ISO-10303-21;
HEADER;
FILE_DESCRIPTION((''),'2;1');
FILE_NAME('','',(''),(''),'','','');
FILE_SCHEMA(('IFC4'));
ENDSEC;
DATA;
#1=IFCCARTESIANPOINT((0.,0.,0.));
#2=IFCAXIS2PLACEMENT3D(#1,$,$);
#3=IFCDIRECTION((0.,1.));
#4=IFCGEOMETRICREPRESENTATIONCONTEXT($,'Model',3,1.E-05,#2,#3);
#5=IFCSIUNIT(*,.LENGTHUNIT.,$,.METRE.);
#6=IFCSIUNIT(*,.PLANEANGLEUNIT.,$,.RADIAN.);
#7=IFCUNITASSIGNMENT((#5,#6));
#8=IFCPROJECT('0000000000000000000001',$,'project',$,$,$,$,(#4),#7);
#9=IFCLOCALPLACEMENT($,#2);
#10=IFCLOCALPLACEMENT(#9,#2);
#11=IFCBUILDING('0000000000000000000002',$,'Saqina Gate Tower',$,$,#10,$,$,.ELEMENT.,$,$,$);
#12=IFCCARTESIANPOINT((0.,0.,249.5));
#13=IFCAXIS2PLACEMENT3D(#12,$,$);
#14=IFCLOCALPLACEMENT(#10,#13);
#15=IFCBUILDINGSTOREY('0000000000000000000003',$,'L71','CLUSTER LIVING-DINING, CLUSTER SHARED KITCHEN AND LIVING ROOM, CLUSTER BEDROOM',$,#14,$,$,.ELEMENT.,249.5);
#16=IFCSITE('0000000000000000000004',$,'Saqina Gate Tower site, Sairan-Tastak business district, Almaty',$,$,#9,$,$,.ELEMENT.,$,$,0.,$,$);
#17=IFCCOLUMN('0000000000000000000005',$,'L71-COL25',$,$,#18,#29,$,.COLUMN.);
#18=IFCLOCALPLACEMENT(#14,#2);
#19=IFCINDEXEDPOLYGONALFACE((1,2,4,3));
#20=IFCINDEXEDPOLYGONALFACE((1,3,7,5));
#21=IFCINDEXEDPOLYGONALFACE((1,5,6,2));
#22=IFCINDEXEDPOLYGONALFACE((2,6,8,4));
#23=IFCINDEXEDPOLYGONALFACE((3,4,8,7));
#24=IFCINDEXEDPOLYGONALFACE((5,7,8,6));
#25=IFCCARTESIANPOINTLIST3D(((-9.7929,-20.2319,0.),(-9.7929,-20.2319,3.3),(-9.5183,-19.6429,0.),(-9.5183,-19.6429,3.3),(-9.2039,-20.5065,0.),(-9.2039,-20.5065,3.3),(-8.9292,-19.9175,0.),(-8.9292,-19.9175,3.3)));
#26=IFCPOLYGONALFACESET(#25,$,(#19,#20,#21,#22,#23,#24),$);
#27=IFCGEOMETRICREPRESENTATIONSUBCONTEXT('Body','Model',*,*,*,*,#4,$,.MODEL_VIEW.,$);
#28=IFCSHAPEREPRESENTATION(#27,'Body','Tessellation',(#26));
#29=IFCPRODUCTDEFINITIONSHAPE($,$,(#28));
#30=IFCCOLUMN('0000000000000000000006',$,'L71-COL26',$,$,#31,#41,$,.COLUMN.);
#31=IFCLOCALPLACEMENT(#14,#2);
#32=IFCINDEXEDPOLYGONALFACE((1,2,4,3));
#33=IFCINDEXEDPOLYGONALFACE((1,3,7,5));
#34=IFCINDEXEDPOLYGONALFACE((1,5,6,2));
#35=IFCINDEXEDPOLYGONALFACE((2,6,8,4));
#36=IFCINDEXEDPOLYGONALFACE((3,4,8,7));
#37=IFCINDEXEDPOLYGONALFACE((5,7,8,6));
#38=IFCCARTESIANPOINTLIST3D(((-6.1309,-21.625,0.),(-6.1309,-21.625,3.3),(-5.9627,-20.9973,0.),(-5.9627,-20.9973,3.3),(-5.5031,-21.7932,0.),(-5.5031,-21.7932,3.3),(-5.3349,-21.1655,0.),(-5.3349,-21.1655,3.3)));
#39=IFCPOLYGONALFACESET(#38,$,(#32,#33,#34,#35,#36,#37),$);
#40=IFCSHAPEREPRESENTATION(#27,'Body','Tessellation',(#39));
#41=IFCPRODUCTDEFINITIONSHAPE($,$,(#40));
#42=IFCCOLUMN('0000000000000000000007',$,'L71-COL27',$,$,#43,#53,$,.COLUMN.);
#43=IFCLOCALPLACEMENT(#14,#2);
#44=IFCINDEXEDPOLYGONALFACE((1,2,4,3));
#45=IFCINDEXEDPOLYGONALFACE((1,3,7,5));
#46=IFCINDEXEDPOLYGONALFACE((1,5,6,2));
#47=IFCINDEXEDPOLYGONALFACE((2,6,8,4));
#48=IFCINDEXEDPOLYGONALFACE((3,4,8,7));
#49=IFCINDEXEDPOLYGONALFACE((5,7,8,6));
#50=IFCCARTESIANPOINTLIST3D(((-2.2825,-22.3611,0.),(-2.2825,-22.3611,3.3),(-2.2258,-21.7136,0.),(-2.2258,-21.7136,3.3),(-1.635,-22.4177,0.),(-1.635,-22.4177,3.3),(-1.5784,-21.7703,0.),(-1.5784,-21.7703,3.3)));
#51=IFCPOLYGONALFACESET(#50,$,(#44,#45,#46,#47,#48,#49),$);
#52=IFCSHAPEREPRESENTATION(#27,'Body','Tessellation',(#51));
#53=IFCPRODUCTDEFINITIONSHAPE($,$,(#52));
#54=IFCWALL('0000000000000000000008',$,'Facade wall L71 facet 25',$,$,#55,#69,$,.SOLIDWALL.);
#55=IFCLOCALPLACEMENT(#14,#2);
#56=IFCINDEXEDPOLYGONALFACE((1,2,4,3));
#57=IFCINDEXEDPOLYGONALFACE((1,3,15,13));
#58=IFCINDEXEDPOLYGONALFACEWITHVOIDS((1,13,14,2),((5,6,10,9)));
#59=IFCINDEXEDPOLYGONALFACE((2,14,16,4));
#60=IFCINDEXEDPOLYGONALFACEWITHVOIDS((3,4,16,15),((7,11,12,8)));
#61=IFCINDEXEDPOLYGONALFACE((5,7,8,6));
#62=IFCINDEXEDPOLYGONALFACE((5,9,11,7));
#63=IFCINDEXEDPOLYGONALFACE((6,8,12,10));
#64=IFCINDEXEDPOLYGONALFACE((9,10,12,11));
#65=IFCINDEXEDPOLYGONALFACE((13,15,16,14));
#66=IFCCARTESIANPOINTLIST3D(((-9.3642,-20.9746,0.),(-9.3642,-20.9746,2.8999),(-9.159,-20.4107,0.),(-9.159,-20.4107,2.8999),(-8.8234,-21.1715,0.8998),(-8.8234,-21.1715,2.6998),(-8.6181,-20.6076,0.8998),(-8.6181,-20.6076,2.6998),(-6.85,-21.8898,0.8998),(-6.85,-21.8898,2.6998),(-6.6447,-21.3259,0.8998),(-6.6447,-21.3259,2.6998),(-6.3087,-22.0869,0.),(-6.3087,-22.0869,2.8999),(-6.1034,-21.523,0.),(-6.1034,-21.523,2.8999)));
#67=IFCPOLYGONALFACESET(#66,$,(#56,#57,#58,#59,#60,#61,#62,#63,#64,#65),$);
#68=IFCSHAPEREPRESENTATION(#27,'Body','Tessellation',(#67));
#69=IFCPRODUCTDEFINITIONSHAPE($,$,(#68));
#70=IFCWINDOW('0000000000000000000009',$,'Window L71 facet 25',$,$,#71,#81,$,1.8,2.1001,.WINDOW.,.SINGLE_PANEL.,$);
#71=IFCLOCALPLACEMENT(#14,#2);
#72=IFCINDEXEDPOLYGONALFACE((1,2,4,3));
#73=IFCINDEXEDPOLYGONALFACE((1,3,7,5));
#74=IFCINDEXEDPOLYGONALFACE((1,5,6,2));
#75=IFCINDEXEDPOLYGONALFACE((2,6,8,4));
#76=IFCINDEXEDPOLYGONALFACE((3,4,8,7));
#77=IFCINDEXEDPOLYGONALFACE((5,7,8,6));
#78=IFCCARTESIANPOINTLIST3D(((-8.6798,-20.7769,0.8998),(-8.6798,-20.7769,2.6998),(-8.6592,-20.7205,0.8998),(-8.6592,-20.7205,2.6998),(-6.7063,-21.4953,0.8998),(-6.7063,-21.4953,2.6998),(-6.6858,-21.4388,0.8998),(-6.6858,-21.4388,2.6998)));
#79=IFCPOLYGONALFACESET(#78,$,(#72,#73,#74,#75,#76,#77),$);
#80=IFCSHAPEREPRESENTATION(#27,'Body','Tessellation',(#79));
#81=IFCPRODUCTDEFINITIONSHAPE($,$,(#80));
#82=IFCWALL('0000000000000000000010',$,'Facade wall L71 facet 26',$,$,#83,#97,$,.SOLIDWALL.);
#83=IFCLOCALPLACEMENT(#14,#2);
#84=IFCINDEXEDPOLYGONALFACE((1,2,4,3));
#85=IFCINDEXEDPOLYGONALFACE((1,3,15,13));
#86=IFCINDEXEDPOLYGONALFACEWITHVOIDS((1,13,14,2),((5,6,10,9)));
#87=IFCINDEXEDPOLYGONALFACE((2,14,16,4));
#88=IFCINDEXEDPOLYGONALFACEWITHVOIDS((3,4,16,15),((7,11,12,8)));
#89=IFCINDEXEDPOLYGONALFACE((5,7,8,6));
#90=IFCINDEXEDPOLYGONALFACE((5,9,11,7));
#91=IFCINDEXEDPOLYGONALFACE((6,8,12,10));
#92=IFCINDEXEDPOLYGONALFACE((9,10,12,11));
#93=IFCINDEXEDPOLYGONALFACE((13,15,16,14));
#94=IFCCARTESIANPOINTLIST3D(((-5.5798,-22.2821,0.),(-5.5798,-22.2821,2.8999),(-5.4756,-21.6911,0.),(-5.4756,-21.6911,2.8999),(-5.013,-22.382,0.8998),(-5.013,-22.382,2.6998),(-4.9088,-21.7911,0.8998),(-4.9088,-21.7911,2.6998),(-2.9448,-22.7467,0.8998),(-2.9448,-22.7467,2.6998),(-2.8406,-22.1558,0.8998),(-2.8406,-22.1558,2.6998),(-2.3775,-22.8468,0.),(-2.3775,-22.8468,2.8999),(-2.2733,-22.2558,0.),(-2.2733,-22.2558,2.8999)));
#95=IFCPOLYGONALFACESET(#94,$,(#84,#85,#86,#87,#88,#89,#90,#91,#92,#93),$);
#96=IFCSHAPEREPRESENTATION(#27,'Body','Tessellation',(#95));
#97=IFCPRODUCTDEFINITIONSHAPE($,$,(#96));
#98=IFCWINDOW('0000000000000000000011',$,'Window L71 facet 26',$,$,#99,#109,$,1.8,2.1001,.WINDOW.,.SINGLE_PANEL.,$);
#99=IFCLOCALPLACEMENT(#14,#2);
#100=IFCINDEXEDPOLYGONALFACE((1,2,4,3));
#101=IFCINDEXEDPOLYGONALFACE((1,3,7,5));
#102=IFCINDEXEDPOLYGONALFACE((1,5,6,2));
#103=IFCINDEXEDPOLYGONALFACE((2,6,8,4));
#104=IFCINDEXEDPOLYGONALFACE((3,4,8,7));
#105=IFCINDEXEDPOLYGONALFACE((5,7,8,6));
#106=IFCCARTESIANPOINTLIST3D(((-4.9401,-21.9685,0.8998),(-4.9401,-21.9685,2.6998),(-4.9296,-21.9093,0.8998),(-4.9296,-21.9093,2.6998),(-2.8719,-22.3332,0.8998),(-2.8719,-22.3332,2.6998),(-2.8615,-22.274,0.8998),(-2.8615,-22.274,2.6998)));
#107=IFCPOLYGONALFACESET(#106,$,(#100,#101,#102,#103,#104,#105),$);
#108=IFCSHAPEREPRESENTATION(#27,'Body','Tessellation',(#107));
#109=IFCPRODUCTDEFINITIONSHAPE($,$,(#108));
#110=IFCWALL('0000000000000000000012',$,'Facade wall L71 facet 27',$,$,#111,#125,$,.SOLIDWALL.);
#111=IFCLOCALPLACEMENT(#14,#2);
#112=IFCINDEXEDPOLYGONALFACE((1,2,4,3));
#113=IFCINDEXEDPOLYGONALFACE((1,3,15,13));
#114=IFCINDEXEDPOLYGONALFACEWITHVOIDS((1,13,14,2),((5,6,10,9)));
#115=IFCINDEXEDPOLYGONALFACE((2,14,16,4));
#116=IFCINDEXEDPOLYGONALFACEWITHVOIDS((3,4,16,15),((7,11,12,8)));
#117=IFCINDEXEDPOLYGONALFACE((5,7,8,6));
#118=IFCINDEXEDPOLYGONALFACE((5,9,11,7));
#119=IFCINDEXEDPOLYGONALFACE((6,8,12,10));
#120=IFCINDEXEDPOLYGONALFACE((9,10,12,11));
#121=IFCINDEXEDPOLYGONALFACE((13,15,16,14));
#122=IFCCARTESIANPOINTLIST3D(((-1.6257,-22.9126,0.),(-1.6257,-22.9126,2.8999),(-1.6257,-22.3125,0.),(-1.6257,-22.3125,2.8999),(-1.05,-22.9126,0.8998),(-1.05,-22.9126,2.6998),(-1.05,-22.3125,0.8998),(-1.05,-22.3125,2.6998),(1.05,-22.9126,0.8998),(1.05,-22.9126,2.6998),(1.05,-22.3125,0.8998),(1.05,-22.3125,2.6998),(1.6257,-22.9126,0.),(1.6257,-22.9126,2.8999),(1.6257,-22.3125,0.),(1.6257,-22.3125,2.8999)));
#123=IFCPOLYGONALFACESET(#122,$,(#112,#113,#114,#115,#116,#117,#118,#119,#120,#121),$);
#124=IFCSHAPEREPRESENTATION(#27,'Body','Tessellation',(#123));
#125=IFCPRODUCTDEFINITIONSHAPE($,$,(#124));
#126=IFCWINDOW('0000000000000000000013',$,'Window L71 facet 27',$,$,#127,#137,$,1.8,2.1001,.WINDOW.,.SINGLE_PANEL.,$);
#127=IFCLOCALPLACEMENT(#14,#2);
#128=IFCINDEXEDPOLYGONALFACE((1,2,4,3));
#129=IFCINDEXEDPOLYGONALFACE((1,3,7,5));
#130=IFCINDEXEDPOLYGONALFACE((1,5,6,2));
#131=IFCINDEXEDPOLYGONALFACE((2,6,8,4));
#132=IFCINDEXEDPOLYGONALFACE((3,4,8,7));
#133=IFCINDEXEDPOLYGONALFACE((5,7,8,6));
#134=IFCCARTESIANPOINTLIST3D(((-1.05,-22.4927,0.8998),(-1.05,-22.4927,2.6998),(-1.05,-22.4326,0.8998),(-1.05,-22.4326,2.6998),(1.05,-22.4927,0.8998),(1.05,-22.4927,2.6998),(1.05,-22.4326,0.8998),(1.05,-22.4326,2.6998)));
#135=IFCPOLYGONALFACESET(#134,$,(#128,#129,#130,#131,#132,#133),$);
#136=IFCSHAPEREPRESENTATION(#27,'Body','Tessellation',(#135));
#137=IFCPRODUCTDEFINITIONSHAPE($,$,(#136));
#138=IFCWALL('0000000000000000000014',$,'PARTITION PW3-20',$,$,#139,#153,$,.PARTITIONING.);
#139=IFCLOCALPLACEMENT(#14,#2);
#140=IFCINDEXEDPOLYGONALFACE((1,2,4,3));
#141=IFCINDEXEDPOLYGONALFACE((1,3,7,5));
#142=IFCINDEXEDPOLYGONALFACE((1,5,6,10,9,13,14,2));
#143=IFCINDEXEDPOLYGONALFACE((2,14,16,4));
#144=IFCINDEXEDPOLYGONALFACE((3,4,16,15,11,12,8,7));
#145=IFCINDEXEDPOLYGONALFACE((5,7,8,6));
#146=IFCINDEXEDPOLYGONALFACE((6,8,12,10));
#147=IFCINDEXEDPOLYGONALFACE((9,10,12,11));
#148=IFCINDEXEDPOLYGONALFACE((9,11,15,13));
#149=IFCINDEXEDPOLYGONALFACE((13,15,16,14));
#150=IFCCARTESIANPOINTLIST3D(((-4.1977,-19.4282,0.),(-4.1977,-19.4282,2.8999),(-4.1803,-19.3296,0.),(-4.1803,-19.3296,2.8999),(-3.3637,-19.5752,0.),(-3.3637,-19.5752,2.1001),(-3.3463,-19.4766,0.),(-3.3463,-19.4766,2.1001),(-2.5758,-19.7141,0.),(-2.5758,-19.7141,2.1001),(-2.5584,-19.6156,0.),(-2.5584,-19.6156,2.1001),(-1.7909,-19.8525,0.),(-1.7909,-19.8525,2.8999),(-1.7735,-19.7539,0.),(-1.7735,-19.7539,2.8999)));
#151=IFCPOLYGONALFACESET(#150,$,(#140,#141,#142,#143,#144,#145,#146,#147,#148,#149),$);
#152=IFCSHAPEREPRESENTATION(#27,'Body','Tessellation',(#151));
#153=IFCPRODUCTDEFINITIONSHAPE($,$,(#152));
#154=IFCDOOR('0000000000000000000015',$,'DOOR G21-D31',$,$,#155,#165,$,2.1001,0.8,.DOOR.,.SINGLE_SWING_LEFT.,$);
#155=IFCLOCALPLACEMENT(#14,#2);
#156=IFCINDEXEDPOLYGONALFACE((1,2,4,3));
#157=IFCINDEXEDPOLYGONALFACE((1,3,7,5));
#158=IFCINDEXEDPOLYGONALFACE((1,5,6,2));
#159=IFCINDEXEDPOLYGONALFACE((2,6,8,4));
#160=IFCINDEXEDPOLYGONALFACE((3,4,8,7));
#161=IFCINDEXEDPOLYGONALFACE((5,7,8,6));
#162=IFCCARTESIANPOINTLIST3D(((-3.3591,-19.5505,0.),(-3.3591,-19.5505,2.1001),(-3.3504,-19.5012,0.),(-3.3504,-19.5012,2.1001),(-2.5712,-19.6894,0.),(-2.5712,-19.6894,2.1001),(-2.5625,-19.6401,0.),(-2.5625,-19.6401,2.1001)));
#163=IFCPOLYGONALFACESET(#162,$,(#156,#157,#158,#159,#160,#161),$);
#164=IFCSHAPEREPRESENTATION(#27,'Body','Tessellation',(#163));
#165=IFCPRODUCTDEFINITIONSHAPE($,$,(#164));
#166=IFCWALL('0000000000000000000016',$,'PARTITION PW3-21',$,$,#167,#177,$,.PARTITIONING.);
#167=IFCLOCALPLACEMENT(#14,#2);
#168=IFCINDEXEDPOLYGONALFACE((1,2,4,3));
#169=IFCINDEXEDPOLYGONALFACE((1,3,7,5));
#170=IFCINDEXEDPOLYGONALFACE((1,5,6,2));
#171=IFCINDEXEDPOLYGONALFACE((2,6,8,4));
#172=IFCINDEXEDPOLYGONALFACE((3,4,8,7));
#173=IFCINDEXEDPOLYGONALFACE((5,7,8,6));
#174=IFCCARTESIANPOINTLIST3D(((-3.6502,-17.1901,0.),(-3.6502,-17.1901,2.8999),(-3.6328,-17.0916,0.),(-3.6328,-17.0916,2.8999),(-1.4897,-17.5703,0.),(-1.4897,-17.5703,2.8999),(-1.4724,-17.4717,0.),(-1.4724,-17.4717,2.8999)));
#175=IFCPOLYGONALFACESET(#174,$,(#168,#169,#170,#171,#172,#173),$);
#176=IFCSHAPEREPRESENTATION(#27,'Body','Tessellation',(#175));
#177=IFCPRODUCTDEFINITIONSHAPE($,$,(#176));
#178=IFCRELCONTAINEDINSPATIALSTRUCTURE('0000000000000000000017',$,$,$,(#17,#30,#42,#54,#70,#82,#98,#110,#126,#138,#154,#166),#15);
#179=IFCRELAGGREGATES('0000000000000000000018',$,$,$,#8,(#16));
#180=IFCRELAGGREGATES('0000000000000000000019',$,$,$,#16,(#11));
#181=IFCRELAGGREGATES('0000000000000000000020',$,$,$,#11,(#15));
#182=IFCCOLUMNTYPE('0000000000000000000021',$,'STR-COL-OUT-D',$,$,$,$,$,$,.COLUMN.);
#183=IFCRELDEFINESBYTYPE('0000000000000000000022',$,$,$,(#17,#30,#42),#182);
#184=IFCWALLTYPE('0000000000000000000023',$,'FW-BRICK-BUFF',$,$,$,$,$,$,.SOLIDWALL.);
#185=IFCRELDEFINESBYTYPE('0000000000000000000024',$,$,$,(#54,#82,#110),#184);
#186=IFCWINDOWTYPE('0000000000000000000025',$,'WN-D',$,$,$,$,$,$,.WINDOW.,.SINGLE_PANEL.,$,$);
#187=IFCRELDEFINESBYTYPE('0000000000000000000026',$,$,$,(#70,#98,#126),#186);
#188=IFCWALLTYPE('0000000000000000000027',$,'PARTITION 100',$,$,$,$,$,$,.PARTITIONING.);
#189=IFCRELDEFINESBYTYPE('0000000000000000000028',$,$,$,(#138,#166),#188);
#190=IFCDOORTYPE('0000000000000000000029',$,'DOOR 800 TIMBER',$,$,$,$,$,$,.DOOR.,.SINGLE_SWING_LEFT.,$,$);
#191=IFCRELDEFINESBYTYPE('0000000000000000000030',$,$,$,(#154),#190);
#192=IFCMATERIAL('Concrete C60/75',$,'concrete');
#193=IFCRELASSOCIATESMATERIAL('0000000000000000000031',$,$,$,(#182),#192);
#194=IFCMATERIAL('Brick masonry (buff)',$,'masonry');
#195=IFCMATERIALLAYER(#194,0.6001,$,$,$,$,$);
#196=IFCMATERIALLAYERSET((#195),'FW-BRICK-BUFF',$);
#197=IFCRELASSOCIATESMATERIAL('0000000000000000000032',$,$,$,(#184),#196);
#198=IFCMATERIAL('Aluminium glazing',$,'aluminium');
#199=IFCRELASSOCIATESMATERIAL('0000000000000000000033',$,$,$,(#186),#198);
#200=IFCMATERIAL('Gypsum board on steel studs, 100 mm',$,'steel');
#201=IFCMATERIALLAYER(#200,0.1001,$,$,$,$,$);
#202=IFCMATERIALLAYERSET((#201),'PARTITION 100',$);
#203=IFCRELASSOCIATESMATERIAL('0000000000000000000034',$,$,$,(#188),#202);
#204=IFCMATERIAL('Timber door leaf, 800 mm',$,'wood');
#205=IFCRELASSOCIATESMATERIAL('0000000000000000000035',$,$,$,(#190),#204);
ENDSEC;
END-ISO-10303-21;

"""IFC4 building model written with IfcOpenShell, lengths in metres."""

from ifc_helpers import new_model, si_unit, direction, frame, frame_2d, origin, origin_2d, place, context, subcontext, project, spatial, rectangle, extrude, material, layer, layer_set, material_profile, profile_set, type_object, element, fill, save


model = new_model("IFC4")

# Units and contexts
model_context = context("Model", 3, precision=1e-05, world=origin(), true_north=direction((0.0, 1.0)))
body_context = subcontext(model_context, "Body", "Model", "MODEL_VIEW")
ifc_project = project(units=[si_unit("LENGTHUNIT", "METRE"), si_unit("PLANEANGLEUNIT", "RADIAN")], contexts=[model_context])

# Site, building, storey
site_placement = place(None, origin())
site = spatial("IfcSite", under=ifc_project, at=site_placement, Name="Saqina Gate Tower site, Sairan-Tastak business district, Almaty", CompositionType="ELEMENT", RefElevation=0.0)
building_placement = place(site_placement, origin())
building = spatial("IfcBuilding", under=site, at=building_placement, Name="Saqina Gate Tower", CompositionType="ELEMENT")
storey_placement = place(building_placement, frame((0.0, 0.0, 249.5)))
storey = spatial("IfcBuildingStorey", under=building, at=storey_placement, Name="L71", Description="CLUSTER LIVING-DINING, CLUSTER SHARED KITCHEN AND LIVING ROOM, CLUSTER BEDROOM", CompositionType="ELEMENT", Elevation=249.5)

# Columns
ifc_material_1 = material(Name="Concrete C60/75", Category="concrete")
ifc_material_profile = material_profile(ifc_material_1, rectangle(XDim=0.6499, YDim=0.6499, at=origin_2d()), Name="RC 650x650")
ifc_profile_set = profile_set([ifc_material_profile], Name="Concrete C60/75")
column_type = type_object("IfcColumnType", Name="STR-COL-OUT-D", PredefinedType="COLUMN", material=ifc_profile_set)
for number, where, z_axis, x_axis, name in (
    (1, (-9.3611, -20.0747, 0.0), (0.0, 0.0, 1.0), (-0.422618, -0.906308, 0.0), "L71-COL25"),
    (2, (-5.7329, -21.3953, 0.0), (0.0, 0.0, 1.0), (-0.258819, -0.965926, 0.0), "L71-COL26"),
    (3, (-1.9304, -22.0657, 0.0), (0.0, 0.0, 1.0), (-0.087156, -0.996195, 0.0), "L71-COL27"),
):
    element("IfcColumn", number, at=place(storey_placement, frame(where, z_axis=z_axis, x_axis=x_axis)), inside=storey, type_object=column_type, Name=name, PredefinedType="COLUMN", context=body_context, shape_type="SweptSolid", body=[
        extrude(rectangle(XDim=0.6499, YDim=0.6499, at=origin_2d()), origin(), (0.0, 0.0, 1.0), 3.3),
    ])

# Walls, openings, windows
ifc_material_2 = material(Name="Brick masonry (buff)", Category="masonry")
ifc_layer_1 = layer(ifc_material_2, 0.6001)
ifc_layer_set_1 = layer_set([ifc_layer_1], Name="FW-BRICK-BUFF")
wall_type_1 = type_object("IfcWallType", Name="FW-BRICK-BUFF", PredefinedType="SOLIDWALL", material=ifc_layer_set_1)
wall_1_placement = place(storey_placement, frame((-9.2617, -20.6926, 0.0), z_axis=(0.0, 0.0, 1.0), x_axis=(0.939679, -0.342057, 0.0)))
wall_1 = element("IfcWall", 4, at=wall_1_placement, inside=storey, type_object=wall_type_1, Name="Facade wall L71 facet 25", PredefinedType="SOLIDWALL", context=body_context, shape_type="SweptSolid", body=[
    extrude(rectangle(XDim=3.2517, YDim=0.6001, at=frame_2d((1.626, 0.0))), origin(), (0.0, 0.0, 1.0), 2.8999),
])
opening_1_placement = place(wall_1_placement, frame((0.5757, 0.0, 0.8999)))
opening_1 = element("IfcOpeningElement", 5, at=opening_1_placement, cuts=wall_1, PredefinedType="OPENING", context=body_context, shape_type="SweptSolid", body=[
    extrude(rectangle(XDim=2.1001, YDim=1.8, at=frame_2d((1.05, 0.8999))), frame((0.0, 0.312, 0.0), z_axis=(0.0, -1.0, 0.0), x_axis=(1.0, 0.0, 0.0)), (0.0, 0.0, 1.0), 0.624),
])
ifc_material_3 = material(Name="Aluminium glazing", Category="aluminium")
window_type = type_object("IfcWindowType", Name="WN-D", PartitioningType="SINGLE_PANEL", PredefinedType="WINDOW", material=ifc_material_3)
window_1_placement = place(opening_1_placement, origin())
window_1 = element("IfcWindow", 6, at=window_1_placement, inside=storey, type_object=window_type, Name="Window L71 facet 25", OverallHeight=1.8, OverallWidth=2.1001, PartitioningType="SINGLE_PANEL", PredefinedType="WINDOW", context=body_context, shape_type="SweptSolid", body=[
    extrude(rectangle(XDim=2.1001, YDim=1.8, at=frame_2d((1.05, 0.8999))), frame((0.0, 0.1799, 0.0), z_axis=(0.0, -1.0, 0.0), x_axis=(1.0, 0.0, 0.0)), (0.0, 0.0, 1.0), 0.0601),
])
fill(opening_1, window_1)
wall_2_placement = place(storey_placement, frame((-5.5278, -21.9866, 0.0), z_axis=(0.0, 0.0, 1.0), x_axis=(0.984806, -0.173657, 0.0)))
wall_2 = element("IfcWall", 7, at=wall_2_placement, inside=storey, type_object=wall_type_1, Name="Facade wall L71 facet 26", PredefinedType="SOLIDWALL", context=body_context, shape_type="SweptSolid", body=[
    extrude(rectangle(XDim=3.2517, YDim=0.6001, at=frame_2d((1.626, 0.0))), origin(), (0.0, 0.0, 1.0), 2.8999),
])
opening_2_placement = place(wall_2_placement, frame((0.5757, 0.0, 0.8999)))
opening_2 = element("IfcOpeningElement", 8, at=opening_2_placement, cuts=wall_2, PredefinedType="OPENING", context=body_context, shape_type="SweptSolid", body=[
    extrude(rectangle(XDim=2.1001, YDim=1.8, at=frame_2d((1.05, 0.8999))), frame((0.0, 0.312, 0.0), z_axis=(0.0, -1.0, 0.0), x_axis=(1.0, 0.0, 0.0)), (0.0, 0.0, 1.0), 0.624),
])
window_2_placement = place(opening_2_placement, origin())
window_2 = element("IfcWindow", 9, at=window_2_placement, inside=storey, type_object=window_type, Name="Window L71 facet 26", OverallHeight=1.8, OverallWidth=2.1001, PartitioningType="SINGLE_PANEL", PredefinedType="WINDOW", context=body_context, shape_type="SweptSolid", body=[
    extrude(rectangle(XDim=2.1001, YDim=1.8, at=frame_2d((1.05, 0.8999))), frame((0.0, 0.1799, 0.0), z_axis=(0.0, -1.0, 0.0), x_axis=(1.0, 0.0, 0.0)), (0.0, 0.0, 1.0), 0.0601),
])
fill(opening_2, window_2)
wall_3_placement = place(storey_placement, frame((-1.6257, -22.6125, 0.0), z_axis=(0.0, 0.0, 1.0), x_axis=(1.0, 0.0, 0.0)))
wall_3 = element("IfcWall", 10, at=wall_3_placement, inside=storey, type_object=wall_type_1, Name="Facade wall L71 facet 27", PredefinedType="SOLIDWALL", context=body_context, shape_type="SweptSolid", body=[
    extrude(rectangle(XDim=3.2515, YDim=0.6001, at=frame_2d((1.6257, 0.0))), origin(), (0.0, 0.0, 1.0), 2.8999),
])
opening_3_placement = place(wall_3_placement, frame((0.5757, 0.0, 0.8999)))
opening_3 = element("IfcOpeningElement", 11, at=opening_3_placement, cuts=wall_3, PredefinedType="OPENING", context=body_context, shape_type="SweptSolid", body=[
    extrude(rectangle(XDim=2.1001, YDim=1.8, at=frame_2d((1.05, 0.8999))), frame((0.0, 0.312, 0.0), z_axis=(0.0, -1.0, 0.0), x_axis=(1.0, 0.0, 0.0)), (0.0, 0.0, 1.0), 0.624),
])
window_3_placement = place(opening_3_placement, origin())
window_3 = element("IfcWindow", 12, at=window_3_placement, inside=storey, type_object=window_type, Name="Window L71 facet 27", OverallHeight=1.8, OverallWidth=2.1001, PartitioningType="SINGLE_PANEL", PredefinedType="WINDOW", context=body_context, shape_type="SweptSolid", body=[
    extrude(rectangle(XDim=2.1001, YDim=1.8, at=frame_2d((1.05, 0.8999))), frame((0.0, 0.1799, 0.0), z_axis=(0.0, -1.0, 0.0), x_axis=(1.0, 0.0, 0.0)), (0.0, 0.0, 1.0), 0.0601),
])
fill(opening_3, window_3)

# Wall, opening, door
ifc_material_4 = material(Name="Gypsum board on steel studs, 100 mm", Category="steel")
ifc_layer_2 = layer(ifc_material_4, 0.1001)
ifc_layer_set_2 = layer_set([ifc_layer_2], Name="PARTITION 100")
wall_type_2 = type_object("IfcWallType", Name="PARTITION 100", PredefinedType="PARTITIONING", material=ifc_layer_set_2)
wall_4_placement = place(storey_placement, frame((-4.189, -19.3789, 0.0), z_axis=(0.0, 0.0, 1.0), x_axis=(0.984812, -0.173626, 0.0)))
wall_4 = element("IfcWall", 13, at=wall_4_placement, inside=storey, type_object=wall_type_2, Name="PARTITION PW3-20", PredefinedType="PARTITIONING", context=body_context, shape_type="SweptSolid", body=[
    extrude(rectangle(XDim=2.4438, YDim=0.1001, at=frame_2d((1.2219, 0.0))), origin(), (0.0, 0.0, 1.0), 2.8999),
])
opening_4_placement = place(wall_4_placement, frame((0.8469, 0.0, 0.0)))
opening_4 = element("IfcOpeningElement", 14, at=opening_4_placement, cuts=wall_4, PredefinedType="OPENING", context=body_context, shape_type="SweptSolid", body=[
    extrude(rectangle(XDim=0.8, YDim=2.1001, at=frame_2d((0.3999, 1.05))), frame((0.0, 0.062, 0.0), z_axis=(0.0, -1.0, 0.0), x_axis=(1.0, 0.0, 0.0)), (0.0, 0.0, 1.0), 0.124),
])
ifc_material_5 = material(Name="Timber door leaf, 800 mm", Category="wood")
door_type_1 = type_object("IfcDoorType", Name="DOOR 800 TIMBER", OperationType="SINGLE_SWING_LEFT", PredefinedType="DOOR", material=ifc_material_5)
door_1_placement = place(opening_4_placement, frame((0.8, 0.0, 0.0), z_axis=(0.0, 0.0, 1.0), x_axis=(-1.0, 0.0, 0.0)))
door_1 = element("IfcDoor", 15, at=door_1_placement, inside=storey, type_object=door_type_1, Name="DOOR G21-D31", OperationType="SINGLE_SWING_LEFT", OverallHeight=2.1001, OverallWidth=0.8, PredefinedType="DOOR", context=body_context, shape_type="SweptSolid", body=[
    extrude(rectangle(XDim=0.8, YDim=2.1001, at=frame_2d((0.3999, 1.05))), frame((0.0, 0.0249, 0.0), z_axis=(0.0, -1.0, 0.0), x_axis=(1.0, 0.0, 0.0)), (0.0, 0.0, 1.0), 0.05),
])
fill(opening_4, door_1)

# Wall
wall_5_placement = place(storey_placement, frame((-3.6414, -17.1409, 0.0), z_axis=(0.0, 0.0, 1.0), x_axis=(0.984871, -0.17329, 0.0)))
element("IfcWall", 16, at=wall_5_placement, inside=storey, type_object=wall_type_2, Name="PARTITION PW3-21", PredefinedType="PARTITIONING", context=body_context, shape_type="SweptSolid", body=[
    extrude(rectangle(XDim=2.1936, YDim=0.1001, at=frame_2d((1.0967, 0.0))), origin(), (0.0, 0.0, 1.0), 2.8999),
])

save(model, "model.ifc")
